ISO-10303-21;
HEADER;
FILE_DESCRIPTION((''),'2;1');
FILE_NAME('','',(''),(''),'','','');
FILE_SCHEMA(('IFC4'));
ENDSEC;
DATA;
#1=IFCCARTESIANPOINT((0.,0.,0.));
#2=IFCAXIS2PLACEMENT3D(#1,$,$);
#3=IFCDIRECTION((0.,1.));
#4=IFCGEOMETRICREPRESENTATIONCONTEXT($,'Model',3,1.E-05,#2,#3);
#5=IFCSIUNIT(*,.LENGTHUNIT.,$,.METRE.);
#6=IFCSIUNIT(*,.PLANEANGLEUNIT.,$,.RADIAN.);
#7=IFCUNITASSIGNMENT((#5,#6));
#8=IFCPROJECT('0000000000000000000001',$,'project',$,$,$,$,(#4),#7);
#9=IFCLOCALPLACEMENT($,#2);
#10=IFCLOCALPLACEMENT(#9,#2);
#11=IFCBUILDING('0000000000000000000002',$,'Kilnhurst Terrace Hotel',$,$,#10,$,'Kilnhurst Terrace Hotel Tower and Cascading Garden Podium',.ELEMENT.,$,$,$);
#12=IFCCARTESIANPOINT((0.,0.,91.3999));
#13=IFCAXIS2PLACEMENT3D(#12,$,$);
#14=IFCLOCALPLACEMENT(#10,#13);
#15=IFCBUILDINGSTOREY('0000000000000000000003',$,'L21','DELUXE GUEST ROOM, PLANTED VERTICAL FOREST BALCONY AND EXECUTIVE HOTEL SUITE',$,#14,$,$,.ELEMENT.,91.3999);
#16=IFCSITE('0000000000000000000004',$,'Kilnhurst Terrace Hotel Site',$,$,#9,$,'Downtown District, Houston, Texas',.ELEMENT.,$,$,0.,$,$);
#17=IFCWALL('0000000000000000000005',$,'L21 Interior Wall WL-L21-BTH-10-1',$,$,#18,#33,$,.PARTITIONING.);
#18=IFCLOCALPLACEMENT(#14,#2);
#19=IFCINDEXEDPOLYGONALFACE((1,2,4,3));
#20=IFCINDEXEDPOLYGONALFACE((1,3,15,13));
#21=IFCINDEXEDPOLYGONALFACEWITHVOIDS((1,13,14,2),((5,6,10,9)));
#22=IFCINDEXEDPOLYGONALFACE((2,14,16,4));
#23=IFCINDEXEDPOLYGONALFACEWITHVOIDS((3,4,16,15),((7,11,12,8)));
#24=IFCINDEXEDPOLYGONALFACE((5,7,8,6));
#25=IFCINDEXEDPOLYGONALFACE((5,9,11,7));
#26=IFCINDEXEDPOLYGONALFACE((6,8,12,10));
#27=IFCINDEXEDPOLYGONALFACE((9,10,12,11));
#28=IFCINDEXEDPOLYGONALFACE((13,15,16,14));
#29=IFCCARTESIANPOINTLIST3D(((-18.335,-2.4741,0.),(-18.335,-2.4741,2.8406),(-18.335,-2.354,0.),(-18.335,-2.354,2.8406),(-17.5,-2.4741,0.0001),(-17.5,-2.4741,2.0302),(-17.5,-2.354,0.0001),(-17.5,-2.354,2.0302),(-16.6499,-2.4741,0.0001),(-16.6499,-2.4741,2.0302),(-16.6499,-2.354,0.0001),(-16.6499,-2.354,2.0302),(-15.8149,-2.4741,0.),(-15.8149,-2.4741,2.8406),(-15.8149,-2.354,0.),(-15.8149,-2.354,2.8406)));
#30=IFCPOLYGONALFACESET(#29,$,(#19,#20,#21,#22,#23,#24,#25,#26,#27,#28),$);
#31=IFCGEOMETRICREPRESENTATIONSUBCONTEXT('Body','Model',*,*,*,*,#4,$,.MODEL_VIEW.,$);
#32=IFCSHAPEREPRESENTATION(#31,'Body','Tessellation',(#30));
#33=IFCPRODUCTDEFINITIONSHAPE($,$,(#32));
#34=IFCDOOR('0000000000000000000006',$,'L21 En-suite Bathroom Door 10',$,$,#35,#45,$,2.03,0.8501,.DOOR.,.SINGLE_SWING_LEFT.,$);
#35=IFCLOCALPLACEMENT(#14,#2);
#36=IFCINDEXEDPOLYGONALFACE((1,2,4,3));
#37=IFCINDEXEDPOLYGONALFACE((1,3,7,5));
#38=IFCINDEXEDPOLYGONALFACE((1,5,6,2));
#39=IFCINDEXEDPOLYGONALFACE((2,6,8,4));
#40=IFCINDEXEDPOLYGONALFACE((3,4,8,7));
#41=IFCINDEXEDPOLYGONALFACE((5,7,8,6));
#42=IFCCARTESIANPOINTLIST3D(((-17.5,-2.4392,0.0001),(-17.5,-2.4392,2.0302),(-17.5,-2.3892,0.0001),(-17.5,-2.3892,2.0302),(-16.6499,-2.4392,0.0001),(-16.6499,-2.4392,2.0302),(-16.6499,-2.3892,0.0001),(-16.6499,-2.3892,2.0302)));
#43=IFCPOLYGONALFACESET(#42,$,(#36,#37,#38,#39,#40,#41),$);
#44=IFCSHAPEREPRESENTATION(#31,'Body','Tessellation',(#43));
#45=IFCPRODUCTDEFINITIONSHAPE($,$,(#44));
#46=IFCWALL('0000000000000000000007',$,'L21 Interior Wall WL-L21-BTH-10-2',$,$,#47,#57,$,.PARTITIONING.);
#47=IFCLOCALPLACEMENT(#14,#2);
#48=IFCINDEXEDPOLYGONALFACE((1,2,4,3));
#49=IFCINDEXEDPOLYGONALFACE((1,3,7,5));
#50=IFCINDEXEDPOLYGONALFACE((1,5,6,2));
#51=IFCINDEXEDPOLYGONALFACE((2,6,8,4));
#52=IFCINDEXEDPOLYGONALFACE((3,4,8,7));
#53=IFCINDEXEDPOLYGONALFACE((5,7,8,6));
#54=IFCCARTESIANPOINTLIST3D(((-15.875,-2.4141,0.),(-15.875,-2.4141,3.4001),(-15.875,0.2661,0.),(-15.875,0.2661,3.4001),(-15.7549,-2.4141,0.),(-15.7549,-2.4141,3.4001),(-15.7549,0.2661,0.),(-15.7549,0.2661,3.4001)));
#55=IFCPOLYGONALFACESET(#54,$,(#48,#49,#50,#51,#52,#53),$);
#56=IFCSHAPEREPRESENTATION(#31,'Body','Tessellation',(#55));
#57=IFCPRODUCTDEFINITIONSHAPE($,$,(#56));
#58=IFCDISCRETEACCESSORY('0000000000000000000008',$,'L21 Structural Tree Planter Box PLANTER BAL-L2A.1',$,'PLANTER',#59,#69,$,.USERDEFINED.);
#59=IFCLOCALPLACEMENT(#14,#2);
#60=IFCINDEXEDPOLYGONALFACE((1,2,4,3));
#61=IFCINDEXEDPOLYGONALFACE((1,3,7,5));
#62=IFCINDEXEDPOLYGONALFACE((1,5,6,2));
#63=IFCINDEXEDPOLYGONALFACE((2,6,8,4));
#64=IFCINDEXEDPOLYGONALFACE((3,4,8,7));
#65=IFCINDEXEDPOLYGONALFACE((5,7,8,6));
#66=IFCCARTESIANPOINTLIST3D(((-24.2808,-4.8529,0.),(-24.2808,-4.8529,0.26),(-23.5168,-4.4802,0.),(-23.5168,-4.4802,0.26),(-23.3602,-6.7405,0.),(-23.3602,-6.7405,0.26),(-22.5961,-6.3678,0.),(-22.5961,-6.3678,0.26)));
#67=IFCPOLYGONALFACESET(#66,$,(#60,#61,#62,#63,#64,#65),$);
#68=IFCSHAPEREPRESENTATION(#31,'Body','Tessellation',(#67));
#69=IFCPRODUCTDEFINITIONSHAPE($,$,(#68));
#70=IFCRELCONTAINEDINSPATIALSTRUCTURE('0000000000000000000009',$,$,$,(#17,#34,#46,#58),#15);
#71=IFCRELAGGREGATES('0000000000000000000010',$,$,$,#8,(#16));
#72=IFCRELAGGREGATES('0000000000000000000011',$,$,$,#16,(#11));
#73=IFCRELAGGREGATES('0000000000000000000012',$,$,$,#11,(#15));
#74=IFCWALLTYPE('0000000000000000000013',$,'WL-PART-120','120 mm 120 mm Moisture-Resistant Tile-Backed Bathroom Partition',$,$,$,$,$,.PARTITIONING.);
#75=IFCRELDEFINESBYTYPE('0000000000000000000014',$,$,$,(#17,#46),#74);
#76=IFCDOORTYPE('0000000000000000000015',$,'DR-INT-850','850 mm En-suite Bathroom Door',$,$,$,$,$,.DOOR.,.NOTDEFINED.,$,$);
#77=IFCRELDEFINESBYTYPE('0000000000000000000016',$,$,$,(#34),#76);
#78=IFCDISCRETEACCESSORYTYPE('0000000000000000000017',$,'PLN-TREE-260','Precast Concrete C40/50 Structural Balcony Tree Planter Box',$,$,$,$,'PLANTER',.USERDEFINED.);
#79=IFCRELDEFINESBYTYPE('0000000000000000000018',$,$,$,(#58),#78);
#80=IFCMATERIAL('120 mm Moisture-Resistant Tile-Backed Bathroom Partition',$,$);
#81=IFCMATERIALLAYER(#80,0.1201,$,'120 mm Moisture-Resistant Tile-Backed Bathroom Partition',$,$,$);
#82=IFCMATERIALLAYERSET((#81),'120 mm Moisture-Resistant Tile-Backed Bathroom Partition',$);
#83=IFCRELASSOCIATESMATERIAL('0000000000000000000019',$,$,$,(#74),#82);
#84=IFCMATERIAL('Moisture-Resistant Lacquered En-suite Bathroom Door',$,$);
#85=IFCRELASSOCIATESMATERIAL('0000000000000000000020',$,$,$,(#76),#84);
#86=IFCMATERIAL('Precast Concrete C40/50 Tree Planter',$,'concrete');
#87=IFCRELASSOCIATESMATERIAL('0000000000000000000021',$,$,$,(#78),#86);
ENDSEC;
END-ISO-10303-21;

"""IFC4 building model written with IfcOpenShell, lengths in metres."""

from ifc_helpers import new_model, si_unit, direction, frame, frame_2d, origin, origin_2d, place, context, subcontext, project, spatial, rectangle, extrude, material, layer, layer_set, type_object, element, fill, save


model = new_model("IFC4")

# Units and contexts
model_context = context("Model", 3, precision=1e-05, world=origin(), true_north=direction((0.0, 1.0)))
body_context = subcontext(model_context, "Body", "Model", "MODEL_VIEW")
ifc_project = project(units=[si_unit("LENGTHUNIT", "METRE"), si_unit("PLANEANGLEUNIT", "RADIAN")], contexts=[model_context])

# Site, building, storey
site_placement = place(None, origin())
site = spatial("IfcSite", under=ifc_project, at=site_placement, Name="Kilnhurst Terrace Hotel Site", LongName="Downtown District, Houston, Texas", CompositionType="ELEMENT", RefElevation=0.0)
building_placement = place(site_placement, origin())
building = spatial("IfcBuilding", under=site, at=building_placement, Name="Kilnhurst Terrace Hotel", LongName="Kilnhurst Terrace Hotel Tower and Cascading Garden Podium", CompositionType="ELEMENT")
storey_placement = place(building_placement, frame((0.0, 0.0, 91.3999)))
storey = spatial("IfcBuildingStorey", under=building, at=storey_placement, Name="L21", Description="DELUXE GUEST ROOM, PLANTED VERTICAL FOREST BALCONY AND EXECUTIVE HOTEL SUITE", CompositionType="ELEMENT", Elevation=91.3999)

# Wall, opening, door
ifc_material_1 = material(Name="120 mm Moisture-Resistant Tile-Backed Bathroom Partition")
ifc_layer_1 = layer(ifc_material_1, 0.1201, Name="120 mm Moisture-Resistant Tile-Backed Bathroom Partition")
ifc_layer_set_1 = layer_set([ifc_layer_1], Name="120 mm Moisture-Resistant Tile-Backed Bathroom Partition")
wall_type_1 = type_object("IfcWallType", Name="WL-PART-120", Description="120 mm 120 mm Moisture-Resistant Tile-Backed Bathroom Partition", PredefinedType="PARTITIONING", material=ifc_layer_set_1)
wall_1_placement = place(storey_placement, frame((-18.335, -2.4141, 0.0), z_axis=(0.0, 0.0, 1.0), x_axis=(1.0, 0.0, 0.0)))
wall_1 = element("IfcWall", 1, at=wall_1_placement, inside=storey, type_object=wall_type_1, Name="L21 Interior Wall WL-L21-BTH-10-1", PredefinedType="PARTITIONING", context=body_context, shape_type="SweptSolid", body=[
    extrude(rectangle(XDim=2.52, YDim=0.1201, at=frame_2d((1.26, 0.0))), origin(), (0.0, 0.0, 1.0), 2.8406),
])
opening_1_placement = place(wall_1_placement, frame((0.835, 0.0, 0.0)))
opening_1 = element("IfcOpeningElement", 2, at=opening_1_placement, cuts=wall_1, PredefinedType="OPENING", context=body_context, shape_type="SweptSolid", body=[
    extrude(rectangle(XDim=0.8501, YDim=2.03, at=frame_2d((0.425, 1.0151))), frame((0.0, 0.0701, 0.0), z_axis=(0.0, -1.0, 0.0), x_axis=(1.0, 0.0, 0.0)), (0.0, 0.0, 1.0), 0.1401),
])
ifc_material_2 = material(Name="Moisture-Resistant Lacquered En-suite Bathroom Door")
door_type_1 = type_object("IfcDoorType", Name="DR-INT-850", Description="850 mm En-suite Bathroom Door", OperationType="NOTDEFINED", PredefinedType="DOOR", material=ifc_material_2)
door_1_placement = place(opening_1_placement, origin())
door_1 = element("IfcDoor", 3, at=door_1_placement, inside=storey, type_object=door_type_1, Name="L21 En-suite Bathroom Door 10", OperationType="SINGLE_SWING_LEFT", OverallHeight=2.03, OverallWidth=0.8501, PredefinedType="DOOR", context=body_context, shape_type="SweptSolid", body=[
    extrude(rectangle(XDim=0.8501, YDim=2.03, at=frame_2d((0.425, 1.0151))), frame((0.0, 0.0249, 0.0), z_axis=(0.0, -1.0, 0.0), x_axis=(1.0, 0.0, 0.0)), (0.0, 0.0, 1.0), 0.05),
])
fill(opening_1, door_1)

# Wall
wall_2_placement = place(storey_placement, frame((-15.8149, -2.4141, 0.0), z_axis=(0.0, 0.0, 1.0), x_axis=(0.0, 1.0, 0.0)))
element("IfcWall", 4, at=wall_2_placement, inside=storey, type_object=wall_type_1, Name="L21 Interior Wall WL-L21-BTH-10-2", PredefinedType="PARTITIONING", context=body_context, shape_type="SweptSolid", body=[
    extrude(rectangle(XDim=2.6802, YDim=0.1201, at=frame_2d((1.3401, 0.0))), origin(), (0.0, 0.0, 1.0), 3.4001),
])

# Discrete accessory
ifc_material_3 = material(Name="Precast Concrete C40/50 Tree Planter", Category="concrete")
discrete_accessory_type = type_object("IfcDiscreteAccessoryType", Name="PLN-TREE-260", Description="Precast Concrete C40/50 Structural Balcony Tree Planter Box", ElementType="PLANTER", PredefinedType="USERDEFINED", material=ifc_material_3)
discrete_accessory_placement = place(storey_placement, frame((-23.4385, -5.6104, 0.0), z_axis=(0.0, 0.0, 1.0), x_axis=(0.438387, -0.898786, 0.0)))
element("IfcDiscreteAccessory", 5, at=discrete_accessory_placement, inside=storey, type_object=discrete_accessory_type, Name="L21 Structural Tree Planter Box PLANTER BAL-L2A.1", ObjectType="PLANTER", PredefinedType="USERDEFINED", context=body_context, shape_type="SweptSolid", body=[
    extrude(rectangle(XDim=2.1001, YDim=0.8501, at=origin_2d()), origin(), (0.0, 0.0, 1.0), 0.26),
])

save(model, "model.ifc")
